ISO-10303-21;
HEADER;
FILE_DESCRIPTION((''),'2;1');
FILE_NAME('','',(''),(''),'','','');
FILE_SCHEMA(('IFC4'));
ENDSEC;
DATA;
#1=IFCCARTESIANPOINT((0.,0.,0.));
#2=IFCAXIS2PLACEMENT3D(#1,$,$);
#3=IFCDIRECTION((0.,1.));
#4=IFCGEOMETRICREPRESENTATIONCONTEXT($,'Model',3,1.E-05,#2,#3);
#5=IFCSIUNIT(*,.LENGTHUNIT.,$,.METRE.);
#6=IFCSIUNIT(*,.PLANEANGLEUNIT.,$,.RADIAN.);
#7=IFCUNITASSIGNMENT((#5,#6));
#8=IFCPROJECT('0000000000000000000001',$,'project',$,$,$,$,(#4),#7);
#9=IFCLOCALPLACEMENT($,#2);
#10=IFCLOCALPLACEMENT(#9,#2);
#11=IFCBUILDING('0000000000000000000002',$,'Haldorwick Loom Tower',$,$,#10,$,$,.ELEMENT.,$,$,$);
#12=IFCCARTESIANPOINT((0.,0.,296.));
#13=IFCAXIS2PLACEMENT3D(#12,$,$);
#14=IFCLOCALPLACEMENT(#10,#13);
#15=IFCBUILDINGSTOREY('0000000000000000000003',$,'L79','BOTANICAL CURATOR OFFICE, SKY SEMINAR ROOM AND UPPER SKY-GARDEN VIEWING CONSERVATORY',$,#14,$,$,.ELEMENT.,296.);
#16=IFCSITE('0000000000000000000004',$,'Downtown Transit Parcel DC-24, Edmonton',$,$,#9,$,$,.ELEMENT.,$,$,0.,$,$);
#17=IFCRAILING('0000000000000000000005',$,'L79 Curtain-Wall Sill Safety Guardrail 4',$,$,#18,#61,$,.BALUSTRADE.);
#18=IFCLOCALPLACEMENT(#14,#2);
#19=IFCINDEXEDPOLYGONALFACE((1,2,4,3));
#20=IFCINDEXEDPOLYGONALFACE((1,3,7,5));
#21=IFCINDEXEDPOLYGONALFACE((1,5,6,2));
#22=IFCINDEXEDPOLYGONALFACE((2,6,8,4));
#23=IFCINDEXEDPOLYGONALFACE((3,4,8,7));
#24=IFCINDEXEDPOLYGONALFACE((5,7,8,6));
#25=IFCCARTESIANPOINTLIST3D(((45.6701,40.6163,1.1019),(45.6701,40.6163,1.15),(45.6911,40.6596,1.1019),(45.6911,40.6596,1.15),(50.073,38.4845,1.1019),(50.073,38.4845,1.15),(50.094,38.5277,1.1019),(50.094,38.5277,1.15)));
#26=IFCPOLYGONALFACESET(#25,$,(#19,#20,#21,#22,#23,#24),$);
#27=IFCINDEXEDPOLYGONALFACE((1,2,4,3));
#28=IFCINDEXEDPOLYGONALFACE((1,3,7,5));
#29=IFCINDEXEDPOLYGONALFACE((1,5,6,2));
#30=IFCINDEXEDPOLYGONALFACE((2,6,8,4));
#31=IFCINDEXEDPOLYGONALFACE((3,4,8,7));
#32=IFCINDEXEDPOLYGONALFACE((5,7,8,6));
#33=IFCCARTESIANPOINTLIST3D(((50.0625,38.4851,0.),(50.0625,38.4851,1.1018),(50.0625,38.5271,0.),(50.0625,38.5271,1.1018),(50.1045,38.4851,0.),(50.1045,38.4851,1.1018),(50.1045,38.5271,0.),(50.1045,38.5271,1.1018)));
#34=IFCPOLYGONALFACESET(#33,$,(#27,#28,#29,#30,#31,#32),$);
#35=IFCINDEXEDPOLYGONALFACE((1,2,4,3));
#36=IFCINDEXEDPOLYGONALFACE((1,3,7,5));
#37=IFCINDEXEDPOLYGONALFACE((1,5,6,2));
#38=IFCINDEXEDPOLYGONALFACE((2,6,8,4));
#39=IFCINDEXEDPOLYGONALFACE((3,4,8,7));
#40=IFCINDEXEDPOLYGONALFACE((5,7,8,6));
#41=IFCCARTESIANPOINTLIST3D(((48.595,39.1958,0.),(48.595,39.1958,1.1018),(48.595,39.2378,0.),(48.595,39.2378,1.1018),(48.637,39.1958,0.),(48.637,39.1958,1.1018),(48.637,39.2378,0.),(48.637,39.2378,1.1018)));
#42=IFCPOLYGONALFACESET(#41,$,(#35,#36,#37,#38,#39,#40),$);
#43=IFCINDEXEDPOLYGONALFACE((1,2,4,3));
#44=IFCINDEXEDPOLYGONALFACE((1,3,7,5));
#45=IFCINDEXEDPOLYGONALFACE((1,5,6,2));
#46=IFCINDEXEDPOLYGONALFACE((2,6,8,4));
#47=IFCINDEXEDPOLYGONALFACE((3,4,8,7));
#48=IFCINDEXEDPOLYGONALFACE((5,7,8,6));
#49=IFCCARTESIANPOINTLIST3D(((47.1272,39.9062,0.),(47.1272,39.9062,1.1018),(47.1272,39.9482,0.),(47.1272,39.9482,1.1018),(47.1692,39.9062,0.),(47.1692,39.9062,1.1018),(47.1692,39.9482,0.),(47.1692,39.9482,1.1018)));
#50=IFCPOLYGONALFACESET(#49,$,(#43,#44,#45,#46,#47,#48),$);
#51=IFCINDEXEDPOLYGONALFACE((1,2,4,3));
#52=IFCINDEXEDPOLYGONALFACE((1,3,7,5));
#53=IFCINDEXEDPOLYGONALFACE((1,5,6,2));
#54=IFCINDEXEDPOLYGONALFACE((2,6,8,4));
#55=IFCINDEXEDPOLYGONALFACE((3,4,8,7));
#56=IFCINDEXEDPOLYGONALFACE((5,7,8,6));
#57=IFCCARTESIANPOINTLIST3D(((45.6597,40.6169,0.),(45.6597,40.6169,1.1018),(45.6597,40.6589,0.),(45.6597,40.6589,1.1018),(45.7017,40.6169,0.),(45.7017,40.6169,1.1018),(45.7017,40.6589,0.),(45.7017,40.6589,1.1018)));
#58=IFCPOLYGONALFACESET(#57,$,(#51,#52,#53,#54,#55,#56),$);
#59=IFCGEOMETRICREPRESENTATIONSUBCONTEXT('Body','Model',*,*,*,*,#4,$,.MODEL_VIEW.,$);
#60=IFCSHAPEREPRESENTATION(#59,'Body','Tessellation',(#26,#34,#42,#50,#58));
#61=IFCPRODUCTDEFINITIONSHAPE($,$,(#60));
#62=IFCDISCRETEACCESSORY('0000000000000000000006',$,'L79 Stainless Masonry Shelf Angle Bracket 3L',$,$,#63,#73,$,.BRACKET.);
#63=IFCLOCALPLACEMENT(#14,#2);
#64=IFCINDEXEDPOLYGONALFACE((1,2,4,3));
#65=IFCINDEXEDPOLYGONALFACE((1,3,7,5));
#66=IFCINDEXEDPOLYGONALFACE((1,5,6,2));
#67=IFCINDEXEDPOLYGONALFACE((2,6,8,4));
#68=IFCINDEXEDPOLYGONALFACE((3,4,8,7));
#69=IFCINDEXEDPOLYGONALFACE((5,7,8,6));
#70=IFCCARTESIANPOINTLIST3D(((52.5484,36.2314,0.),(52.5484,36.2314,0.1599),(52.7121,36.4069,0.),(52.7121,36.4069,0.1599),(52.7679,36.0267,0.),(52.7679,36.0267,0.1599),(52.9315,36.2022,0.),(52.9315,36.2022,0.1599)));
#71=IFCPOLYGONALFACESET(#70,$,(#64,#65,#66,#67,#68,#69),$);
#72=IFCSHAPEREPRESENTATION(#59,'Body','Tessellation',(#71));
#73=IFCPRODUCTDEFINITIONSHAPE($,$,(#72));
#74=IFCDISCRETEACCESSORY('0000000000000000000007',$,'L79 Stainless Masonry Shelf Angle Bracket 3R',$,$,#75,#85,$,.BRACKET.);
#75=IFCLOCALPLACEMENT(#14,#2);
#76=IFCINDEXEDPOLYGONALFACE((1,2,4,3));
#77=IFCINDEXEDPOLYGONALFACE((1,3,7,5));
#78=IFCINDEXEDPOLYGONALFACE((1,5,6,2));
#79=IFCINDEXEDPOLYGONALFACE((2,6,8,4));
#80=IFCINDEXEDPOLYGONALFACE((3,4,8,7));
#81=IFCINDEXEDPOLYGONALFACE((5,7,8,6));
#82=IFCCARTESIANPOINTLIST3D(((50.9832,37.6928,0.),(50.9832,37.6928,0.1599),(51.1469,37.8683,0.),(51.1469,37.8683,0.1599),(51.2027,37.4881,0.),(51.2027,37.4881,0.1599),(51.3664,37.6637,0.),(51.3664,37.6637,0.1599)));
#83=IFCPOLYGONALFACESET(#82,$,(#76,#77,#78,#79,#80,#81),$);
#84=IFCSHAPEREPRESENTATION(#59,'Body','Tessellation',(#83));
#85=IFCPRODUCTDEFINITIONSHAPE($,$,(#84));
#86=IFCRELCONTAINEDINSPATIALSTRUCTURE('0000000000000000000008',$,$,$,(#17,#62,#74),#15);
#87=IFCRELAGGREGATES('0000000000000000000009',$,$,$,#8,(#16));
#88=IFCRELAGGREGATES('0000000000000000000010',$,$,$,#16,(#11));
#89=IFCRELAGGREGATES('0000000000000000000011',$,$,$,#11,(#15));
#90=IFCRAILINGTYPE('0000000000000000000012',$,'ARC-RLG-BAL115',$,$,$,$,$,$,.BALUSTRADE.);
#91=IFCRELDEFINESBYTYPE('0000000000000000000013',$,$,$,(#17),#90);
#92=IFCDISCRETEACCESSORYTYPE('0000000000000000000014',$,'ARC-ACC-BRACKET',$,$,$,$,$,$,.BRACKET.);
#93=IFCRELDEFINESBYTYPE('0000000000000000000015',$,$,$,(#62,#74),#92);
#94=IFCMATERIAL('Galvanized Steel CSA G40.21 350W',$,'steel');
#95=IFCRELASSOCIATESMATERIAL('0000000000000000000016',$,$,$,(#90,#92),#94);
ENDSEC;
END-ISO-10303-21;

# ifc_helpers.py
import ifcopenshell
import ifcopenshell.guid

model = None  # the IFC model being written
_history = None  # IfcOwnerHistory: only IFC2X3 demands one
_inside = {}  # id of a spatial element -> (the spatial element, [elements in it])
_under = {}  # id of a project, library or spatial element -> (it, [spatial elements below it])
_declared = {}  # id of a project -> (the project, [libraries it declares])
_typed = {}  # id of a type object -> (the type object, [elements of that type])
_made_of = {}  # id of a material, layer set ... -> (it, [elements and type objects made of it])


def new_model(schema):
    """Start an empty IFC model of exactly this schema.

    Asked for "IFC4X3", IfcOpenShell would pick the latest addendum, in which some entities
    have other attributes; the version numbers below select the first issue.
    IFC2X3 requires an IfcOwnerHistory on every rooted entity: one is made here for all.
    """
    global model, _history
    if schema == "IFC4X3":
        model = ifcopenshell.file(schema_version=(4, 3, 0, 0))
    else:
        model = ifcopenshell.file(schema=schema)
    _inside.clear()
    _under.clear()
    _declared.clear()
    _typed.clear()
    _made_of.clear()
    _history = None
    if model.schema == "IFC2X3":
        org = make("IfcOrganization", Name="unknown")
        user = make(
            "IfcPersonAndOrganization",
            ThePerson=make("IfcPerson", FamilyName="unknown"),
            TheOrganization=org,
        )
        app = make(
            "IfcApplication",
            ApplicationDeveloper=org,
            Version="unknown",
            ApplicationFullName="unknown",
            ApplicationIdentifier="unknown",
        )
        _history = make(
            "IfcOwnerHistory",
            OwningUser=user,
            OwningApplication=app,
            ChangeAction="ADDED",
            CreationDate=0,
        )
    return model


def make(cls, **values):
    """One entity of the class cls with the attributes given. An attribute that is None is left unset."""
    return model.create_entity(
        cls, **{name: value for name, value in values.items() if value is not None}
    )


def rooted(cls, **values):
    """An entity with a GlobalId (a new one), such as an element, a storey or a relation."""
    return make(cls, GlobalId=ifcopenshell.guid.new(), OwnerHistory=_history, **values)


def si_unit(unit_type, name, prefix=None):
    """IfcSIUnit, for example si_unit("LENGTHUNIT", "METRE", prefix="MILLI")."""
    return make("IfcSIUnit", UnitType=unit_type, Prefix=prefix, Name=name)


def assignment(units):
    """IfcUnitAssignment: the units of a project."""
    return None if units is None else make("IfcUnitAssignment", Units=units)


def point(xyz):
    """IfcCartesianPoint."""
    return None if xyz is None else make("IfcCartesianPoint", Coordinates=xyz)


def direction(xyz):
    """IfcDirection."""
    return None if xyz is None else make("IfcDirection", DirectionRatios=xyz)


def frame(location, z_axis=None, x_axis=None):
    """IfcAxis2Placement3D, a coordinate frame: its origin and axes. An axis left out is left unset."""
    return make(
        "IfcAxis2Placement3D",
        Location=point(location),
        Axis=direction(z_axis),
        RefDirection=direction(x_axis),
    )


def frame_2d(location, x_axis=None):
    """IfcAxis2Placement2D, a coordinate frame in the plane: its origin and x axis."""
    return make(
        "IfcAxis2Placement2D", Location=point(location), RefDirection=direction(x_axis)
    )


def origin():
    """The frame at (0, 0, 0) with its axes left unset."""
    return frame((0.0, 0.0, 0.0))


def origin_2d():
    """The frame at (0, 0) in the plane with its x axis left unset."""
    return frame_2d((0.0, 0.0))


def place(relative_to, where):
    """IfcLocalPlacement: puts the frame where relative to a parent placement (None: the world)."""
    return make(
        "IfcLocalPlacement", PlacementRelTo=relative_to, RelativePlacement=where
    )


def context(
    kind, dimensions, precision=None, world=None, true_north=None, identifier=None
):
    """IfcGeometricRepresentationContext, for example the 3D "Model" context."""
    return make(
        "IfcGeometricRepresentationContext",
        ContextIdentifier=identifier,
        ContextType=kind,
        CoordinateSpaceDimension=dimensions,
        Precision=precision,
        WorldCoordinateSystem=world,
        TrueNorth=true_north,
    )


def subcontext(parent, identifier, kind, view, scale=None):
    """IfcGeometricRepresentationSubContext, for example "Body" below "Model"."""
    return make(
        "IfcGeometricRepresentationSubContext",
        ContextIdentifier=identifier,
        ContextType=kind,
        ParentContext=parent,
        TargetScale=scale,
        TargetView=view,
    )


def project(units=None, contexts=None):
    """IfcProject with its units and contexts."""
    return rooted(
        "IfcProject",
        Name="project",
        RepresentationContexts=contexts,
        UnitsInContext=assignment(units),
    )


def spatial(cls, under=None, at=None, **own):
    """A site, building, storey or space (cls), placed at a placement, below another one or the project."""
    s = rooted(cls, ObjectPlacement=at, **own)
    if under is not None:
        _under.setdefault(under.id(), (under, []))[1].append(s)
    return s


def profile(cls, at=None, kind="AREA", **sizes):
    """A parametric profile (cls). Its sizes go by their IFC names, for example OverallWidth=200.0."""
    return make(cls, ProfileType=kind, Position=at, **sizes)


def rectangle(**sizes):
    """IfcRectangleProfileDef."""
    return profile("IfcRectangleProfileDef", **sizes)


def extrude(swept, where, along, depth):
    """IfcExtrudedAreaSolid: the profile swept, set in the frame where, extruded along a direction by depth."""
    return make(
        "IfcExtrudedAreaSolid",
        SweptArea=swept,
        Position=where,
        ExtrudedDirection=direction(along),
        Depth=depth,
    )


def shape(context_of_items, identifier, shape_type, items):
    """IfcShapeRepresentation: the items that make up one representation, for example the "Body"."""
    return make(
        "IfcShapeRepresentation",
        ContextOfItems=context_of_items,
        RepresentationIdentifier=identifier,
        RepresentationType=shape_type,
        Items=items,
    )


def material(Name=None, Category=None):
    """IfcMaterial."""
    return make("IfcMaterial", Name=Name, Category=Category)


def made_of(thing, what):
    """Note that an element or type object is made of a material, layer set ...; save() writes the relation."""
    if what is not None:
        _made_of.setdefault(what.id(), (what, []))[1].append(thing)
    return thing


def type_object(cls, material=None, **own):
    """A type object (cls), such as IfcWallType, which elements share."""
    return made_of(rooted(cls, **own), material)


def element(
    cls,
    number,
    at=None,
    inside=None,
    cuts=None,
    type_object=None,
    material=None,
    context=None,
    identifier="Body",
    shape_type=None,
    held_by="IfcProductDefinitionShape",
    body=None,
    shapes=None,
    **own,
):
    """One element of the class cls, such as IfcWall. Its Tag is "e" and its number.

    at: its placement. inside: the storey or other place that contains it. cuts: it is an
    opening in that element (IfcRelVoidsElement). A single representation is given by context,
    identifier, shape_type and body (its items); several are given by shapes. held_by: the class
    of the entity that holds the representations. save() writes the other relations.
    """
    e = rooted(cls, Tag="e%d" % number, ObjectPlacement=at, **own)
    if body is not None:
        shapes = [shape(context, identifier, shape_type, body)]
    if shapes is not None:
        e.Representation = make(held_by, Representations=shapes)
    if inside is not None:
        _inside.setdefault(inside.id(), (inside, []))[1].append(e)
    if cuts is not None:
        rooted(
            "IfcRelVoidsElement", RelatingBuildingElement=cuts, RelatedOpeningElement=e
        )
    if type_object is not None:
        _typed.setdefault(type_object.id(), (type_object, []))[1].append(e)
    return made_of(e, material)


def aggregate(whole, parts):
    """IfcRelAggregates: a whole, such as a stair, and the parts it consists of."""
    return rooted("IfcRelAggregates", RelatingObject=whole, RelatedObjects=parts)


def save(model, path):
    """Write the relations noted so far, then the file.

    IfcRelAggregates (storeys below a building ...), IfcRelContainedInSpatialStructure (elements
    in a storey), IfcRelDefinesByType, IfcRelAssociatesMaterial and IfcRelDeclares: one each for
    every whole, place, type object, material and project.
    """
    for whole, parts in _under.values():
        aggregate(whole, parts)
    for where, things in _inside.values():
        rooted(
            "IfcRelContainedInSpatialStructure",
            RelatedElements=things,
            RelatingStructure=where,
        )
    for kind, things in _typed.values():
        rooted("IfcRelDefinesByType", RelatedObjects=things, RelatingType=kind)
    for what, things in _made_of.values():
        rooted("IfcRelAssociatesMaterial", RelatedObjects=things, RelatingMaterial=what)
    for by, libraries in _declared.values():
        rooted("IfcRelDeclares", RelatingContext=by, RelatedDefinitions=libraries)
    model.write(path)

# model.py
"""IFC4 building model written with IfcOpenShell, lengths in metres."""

from ifc_helpers import new_model, si_unit, direction, frame, origin, origin_2d, place, context, subcontext, project, spatial, rectangle, extrude, material, type_object, element, save


model = new_model("IFC4")

# Units and contexts
model_context = context("Model", 3, precision=1e-05, world=origin(), true_north=direction((0.0, 1.0)))
body_context = subcontext(model_context, "Body", "Model", "MODEL_VIEW")
ifc_project = project(units=[si_unit("LENGTHUNIT", "METRE"), si_unit("PLANEANGLEUNIT", "RADIAN")], contexts=[model_context])

# Site, building, storey
site_placement = place(None, origin())
site = spatial("IfcSite", under=ifc_project, at=site_placement, Name="Downtown Transit Parcel DC-24, Edmonton", CompositionType="ELEMENT", RefElevation=0.0)
building_placement = place(site_placement, origin())
building = spatial("IfcBuilding", under=site, at=building_placement, Name="Haldorwick Loom Tower", CompositionType="ELEMENT")
storey_placement = place(building_placement, frame((0.0, 0.0, 296.0)))
storey = spatial("IfcBuildingStorey", under=building, at=storey_placement, Name="L79", Description="BOTANICAL CURATOR OFFICE, SKY SEMINAR ROOM AND UPPER SKY-GARDEN VIEWING CONSERVATORY", CompositionType="ELEMENT", Elevation=296.0)

# Railing
ifc_material_1 = material(Name="Galvanized Steel CSA G40.21 350W", Category="steel")
railing_type = type_object("IfcRailingType", Name="ARC-RLG-BAL115", PredefinedType="BALUSTRADE", material=ifc_material_1)
railing_placement = place(storey_placement, frame((50.0835, 38.5061, 0.0)))
element("IfcRailing", 1, at=railing_placement, inside=storey, type_object=railing_type, Name="L79 Curtain-Wall Sill Safety Guardrail 4", PredefinedType="BALUSTRADE", context=body_context, shape_type="SweptSolid", body=[
    extrude(rectangle(XDim=0.0481, YDim=0.0481, at=origin_2d()), frame((0.0, 0.0, 1.126), z_axis=(-0.900044, 0.435798, 0.0), x_axis=(-0.435798, -0.900044, 0.0)), (0.0, 0.0, 1.0), 4.8918),
    extrude(rectangle(XDim=0.042, YDim=0.042, at=origin_2d()), origin(), (0.0, 0.0, 1.0), 1.1018),
    extrude(rectangle(XDim=0.042, YDim=0.042, at=origin_2d()), frame((-1.4675, 0.7107, 0.0)), (0.0, 0.0, 1.0), 1.1018),
    extrude(rectangle(XDim=0.042, YDim=0.042, at=origin_2d()), frame((-2.9353, 1.4211, 0.0)), (0.0, 0.0, 1.0), 1.1018),
    extrude(rectangle(XDim=0.042, YDim=0.042, at=origin_2d()), frame((-4.4028, 2.1318, 0.0)), (0.0, 0.0, 1.0), 1.1018),
])

# Discrete accessories
discrete_accessory_type = type_object("IfcDiscreteAccessoryType", Name="ARC-ACC-BRACKET", PredefinedType="BRACKET", material=ifc_material_1)
for number, where, z_axis, x_axis, name in (
    (2, (52.74, 36.2168, 0.0), (0.0, 0.0, 1.0), (-0.731354, 0.681998, 0.0), "L79 Stainless Masonry Shelf Angle Bracket 3L"),
    (3, (51.1748, 37.6782, 0.0), (0.0, 0.0, 1.0), (-0.731354, 0.681998, 0.0), "L79 Stainless Masonry Shelf Angle Bracket 3R"),
):
    element("IfcDiscreteAccessory", number, at=place(storey_placement, frame(where, z_axis=z_axis, x_axis=x_axis)), inside=storey, type_object=discrete_accessory_type, Name=name, PredefinedType="BRACKET", context=body_context, shape_type="SweptSolid", body=[
        extrude(rectangle(XDim=0.3, YDim=0.24, at=origin_2d()), origin(), (0.0, 0.0, 1.0), 0.1599),
    ])

save(model, "model.ifc")
